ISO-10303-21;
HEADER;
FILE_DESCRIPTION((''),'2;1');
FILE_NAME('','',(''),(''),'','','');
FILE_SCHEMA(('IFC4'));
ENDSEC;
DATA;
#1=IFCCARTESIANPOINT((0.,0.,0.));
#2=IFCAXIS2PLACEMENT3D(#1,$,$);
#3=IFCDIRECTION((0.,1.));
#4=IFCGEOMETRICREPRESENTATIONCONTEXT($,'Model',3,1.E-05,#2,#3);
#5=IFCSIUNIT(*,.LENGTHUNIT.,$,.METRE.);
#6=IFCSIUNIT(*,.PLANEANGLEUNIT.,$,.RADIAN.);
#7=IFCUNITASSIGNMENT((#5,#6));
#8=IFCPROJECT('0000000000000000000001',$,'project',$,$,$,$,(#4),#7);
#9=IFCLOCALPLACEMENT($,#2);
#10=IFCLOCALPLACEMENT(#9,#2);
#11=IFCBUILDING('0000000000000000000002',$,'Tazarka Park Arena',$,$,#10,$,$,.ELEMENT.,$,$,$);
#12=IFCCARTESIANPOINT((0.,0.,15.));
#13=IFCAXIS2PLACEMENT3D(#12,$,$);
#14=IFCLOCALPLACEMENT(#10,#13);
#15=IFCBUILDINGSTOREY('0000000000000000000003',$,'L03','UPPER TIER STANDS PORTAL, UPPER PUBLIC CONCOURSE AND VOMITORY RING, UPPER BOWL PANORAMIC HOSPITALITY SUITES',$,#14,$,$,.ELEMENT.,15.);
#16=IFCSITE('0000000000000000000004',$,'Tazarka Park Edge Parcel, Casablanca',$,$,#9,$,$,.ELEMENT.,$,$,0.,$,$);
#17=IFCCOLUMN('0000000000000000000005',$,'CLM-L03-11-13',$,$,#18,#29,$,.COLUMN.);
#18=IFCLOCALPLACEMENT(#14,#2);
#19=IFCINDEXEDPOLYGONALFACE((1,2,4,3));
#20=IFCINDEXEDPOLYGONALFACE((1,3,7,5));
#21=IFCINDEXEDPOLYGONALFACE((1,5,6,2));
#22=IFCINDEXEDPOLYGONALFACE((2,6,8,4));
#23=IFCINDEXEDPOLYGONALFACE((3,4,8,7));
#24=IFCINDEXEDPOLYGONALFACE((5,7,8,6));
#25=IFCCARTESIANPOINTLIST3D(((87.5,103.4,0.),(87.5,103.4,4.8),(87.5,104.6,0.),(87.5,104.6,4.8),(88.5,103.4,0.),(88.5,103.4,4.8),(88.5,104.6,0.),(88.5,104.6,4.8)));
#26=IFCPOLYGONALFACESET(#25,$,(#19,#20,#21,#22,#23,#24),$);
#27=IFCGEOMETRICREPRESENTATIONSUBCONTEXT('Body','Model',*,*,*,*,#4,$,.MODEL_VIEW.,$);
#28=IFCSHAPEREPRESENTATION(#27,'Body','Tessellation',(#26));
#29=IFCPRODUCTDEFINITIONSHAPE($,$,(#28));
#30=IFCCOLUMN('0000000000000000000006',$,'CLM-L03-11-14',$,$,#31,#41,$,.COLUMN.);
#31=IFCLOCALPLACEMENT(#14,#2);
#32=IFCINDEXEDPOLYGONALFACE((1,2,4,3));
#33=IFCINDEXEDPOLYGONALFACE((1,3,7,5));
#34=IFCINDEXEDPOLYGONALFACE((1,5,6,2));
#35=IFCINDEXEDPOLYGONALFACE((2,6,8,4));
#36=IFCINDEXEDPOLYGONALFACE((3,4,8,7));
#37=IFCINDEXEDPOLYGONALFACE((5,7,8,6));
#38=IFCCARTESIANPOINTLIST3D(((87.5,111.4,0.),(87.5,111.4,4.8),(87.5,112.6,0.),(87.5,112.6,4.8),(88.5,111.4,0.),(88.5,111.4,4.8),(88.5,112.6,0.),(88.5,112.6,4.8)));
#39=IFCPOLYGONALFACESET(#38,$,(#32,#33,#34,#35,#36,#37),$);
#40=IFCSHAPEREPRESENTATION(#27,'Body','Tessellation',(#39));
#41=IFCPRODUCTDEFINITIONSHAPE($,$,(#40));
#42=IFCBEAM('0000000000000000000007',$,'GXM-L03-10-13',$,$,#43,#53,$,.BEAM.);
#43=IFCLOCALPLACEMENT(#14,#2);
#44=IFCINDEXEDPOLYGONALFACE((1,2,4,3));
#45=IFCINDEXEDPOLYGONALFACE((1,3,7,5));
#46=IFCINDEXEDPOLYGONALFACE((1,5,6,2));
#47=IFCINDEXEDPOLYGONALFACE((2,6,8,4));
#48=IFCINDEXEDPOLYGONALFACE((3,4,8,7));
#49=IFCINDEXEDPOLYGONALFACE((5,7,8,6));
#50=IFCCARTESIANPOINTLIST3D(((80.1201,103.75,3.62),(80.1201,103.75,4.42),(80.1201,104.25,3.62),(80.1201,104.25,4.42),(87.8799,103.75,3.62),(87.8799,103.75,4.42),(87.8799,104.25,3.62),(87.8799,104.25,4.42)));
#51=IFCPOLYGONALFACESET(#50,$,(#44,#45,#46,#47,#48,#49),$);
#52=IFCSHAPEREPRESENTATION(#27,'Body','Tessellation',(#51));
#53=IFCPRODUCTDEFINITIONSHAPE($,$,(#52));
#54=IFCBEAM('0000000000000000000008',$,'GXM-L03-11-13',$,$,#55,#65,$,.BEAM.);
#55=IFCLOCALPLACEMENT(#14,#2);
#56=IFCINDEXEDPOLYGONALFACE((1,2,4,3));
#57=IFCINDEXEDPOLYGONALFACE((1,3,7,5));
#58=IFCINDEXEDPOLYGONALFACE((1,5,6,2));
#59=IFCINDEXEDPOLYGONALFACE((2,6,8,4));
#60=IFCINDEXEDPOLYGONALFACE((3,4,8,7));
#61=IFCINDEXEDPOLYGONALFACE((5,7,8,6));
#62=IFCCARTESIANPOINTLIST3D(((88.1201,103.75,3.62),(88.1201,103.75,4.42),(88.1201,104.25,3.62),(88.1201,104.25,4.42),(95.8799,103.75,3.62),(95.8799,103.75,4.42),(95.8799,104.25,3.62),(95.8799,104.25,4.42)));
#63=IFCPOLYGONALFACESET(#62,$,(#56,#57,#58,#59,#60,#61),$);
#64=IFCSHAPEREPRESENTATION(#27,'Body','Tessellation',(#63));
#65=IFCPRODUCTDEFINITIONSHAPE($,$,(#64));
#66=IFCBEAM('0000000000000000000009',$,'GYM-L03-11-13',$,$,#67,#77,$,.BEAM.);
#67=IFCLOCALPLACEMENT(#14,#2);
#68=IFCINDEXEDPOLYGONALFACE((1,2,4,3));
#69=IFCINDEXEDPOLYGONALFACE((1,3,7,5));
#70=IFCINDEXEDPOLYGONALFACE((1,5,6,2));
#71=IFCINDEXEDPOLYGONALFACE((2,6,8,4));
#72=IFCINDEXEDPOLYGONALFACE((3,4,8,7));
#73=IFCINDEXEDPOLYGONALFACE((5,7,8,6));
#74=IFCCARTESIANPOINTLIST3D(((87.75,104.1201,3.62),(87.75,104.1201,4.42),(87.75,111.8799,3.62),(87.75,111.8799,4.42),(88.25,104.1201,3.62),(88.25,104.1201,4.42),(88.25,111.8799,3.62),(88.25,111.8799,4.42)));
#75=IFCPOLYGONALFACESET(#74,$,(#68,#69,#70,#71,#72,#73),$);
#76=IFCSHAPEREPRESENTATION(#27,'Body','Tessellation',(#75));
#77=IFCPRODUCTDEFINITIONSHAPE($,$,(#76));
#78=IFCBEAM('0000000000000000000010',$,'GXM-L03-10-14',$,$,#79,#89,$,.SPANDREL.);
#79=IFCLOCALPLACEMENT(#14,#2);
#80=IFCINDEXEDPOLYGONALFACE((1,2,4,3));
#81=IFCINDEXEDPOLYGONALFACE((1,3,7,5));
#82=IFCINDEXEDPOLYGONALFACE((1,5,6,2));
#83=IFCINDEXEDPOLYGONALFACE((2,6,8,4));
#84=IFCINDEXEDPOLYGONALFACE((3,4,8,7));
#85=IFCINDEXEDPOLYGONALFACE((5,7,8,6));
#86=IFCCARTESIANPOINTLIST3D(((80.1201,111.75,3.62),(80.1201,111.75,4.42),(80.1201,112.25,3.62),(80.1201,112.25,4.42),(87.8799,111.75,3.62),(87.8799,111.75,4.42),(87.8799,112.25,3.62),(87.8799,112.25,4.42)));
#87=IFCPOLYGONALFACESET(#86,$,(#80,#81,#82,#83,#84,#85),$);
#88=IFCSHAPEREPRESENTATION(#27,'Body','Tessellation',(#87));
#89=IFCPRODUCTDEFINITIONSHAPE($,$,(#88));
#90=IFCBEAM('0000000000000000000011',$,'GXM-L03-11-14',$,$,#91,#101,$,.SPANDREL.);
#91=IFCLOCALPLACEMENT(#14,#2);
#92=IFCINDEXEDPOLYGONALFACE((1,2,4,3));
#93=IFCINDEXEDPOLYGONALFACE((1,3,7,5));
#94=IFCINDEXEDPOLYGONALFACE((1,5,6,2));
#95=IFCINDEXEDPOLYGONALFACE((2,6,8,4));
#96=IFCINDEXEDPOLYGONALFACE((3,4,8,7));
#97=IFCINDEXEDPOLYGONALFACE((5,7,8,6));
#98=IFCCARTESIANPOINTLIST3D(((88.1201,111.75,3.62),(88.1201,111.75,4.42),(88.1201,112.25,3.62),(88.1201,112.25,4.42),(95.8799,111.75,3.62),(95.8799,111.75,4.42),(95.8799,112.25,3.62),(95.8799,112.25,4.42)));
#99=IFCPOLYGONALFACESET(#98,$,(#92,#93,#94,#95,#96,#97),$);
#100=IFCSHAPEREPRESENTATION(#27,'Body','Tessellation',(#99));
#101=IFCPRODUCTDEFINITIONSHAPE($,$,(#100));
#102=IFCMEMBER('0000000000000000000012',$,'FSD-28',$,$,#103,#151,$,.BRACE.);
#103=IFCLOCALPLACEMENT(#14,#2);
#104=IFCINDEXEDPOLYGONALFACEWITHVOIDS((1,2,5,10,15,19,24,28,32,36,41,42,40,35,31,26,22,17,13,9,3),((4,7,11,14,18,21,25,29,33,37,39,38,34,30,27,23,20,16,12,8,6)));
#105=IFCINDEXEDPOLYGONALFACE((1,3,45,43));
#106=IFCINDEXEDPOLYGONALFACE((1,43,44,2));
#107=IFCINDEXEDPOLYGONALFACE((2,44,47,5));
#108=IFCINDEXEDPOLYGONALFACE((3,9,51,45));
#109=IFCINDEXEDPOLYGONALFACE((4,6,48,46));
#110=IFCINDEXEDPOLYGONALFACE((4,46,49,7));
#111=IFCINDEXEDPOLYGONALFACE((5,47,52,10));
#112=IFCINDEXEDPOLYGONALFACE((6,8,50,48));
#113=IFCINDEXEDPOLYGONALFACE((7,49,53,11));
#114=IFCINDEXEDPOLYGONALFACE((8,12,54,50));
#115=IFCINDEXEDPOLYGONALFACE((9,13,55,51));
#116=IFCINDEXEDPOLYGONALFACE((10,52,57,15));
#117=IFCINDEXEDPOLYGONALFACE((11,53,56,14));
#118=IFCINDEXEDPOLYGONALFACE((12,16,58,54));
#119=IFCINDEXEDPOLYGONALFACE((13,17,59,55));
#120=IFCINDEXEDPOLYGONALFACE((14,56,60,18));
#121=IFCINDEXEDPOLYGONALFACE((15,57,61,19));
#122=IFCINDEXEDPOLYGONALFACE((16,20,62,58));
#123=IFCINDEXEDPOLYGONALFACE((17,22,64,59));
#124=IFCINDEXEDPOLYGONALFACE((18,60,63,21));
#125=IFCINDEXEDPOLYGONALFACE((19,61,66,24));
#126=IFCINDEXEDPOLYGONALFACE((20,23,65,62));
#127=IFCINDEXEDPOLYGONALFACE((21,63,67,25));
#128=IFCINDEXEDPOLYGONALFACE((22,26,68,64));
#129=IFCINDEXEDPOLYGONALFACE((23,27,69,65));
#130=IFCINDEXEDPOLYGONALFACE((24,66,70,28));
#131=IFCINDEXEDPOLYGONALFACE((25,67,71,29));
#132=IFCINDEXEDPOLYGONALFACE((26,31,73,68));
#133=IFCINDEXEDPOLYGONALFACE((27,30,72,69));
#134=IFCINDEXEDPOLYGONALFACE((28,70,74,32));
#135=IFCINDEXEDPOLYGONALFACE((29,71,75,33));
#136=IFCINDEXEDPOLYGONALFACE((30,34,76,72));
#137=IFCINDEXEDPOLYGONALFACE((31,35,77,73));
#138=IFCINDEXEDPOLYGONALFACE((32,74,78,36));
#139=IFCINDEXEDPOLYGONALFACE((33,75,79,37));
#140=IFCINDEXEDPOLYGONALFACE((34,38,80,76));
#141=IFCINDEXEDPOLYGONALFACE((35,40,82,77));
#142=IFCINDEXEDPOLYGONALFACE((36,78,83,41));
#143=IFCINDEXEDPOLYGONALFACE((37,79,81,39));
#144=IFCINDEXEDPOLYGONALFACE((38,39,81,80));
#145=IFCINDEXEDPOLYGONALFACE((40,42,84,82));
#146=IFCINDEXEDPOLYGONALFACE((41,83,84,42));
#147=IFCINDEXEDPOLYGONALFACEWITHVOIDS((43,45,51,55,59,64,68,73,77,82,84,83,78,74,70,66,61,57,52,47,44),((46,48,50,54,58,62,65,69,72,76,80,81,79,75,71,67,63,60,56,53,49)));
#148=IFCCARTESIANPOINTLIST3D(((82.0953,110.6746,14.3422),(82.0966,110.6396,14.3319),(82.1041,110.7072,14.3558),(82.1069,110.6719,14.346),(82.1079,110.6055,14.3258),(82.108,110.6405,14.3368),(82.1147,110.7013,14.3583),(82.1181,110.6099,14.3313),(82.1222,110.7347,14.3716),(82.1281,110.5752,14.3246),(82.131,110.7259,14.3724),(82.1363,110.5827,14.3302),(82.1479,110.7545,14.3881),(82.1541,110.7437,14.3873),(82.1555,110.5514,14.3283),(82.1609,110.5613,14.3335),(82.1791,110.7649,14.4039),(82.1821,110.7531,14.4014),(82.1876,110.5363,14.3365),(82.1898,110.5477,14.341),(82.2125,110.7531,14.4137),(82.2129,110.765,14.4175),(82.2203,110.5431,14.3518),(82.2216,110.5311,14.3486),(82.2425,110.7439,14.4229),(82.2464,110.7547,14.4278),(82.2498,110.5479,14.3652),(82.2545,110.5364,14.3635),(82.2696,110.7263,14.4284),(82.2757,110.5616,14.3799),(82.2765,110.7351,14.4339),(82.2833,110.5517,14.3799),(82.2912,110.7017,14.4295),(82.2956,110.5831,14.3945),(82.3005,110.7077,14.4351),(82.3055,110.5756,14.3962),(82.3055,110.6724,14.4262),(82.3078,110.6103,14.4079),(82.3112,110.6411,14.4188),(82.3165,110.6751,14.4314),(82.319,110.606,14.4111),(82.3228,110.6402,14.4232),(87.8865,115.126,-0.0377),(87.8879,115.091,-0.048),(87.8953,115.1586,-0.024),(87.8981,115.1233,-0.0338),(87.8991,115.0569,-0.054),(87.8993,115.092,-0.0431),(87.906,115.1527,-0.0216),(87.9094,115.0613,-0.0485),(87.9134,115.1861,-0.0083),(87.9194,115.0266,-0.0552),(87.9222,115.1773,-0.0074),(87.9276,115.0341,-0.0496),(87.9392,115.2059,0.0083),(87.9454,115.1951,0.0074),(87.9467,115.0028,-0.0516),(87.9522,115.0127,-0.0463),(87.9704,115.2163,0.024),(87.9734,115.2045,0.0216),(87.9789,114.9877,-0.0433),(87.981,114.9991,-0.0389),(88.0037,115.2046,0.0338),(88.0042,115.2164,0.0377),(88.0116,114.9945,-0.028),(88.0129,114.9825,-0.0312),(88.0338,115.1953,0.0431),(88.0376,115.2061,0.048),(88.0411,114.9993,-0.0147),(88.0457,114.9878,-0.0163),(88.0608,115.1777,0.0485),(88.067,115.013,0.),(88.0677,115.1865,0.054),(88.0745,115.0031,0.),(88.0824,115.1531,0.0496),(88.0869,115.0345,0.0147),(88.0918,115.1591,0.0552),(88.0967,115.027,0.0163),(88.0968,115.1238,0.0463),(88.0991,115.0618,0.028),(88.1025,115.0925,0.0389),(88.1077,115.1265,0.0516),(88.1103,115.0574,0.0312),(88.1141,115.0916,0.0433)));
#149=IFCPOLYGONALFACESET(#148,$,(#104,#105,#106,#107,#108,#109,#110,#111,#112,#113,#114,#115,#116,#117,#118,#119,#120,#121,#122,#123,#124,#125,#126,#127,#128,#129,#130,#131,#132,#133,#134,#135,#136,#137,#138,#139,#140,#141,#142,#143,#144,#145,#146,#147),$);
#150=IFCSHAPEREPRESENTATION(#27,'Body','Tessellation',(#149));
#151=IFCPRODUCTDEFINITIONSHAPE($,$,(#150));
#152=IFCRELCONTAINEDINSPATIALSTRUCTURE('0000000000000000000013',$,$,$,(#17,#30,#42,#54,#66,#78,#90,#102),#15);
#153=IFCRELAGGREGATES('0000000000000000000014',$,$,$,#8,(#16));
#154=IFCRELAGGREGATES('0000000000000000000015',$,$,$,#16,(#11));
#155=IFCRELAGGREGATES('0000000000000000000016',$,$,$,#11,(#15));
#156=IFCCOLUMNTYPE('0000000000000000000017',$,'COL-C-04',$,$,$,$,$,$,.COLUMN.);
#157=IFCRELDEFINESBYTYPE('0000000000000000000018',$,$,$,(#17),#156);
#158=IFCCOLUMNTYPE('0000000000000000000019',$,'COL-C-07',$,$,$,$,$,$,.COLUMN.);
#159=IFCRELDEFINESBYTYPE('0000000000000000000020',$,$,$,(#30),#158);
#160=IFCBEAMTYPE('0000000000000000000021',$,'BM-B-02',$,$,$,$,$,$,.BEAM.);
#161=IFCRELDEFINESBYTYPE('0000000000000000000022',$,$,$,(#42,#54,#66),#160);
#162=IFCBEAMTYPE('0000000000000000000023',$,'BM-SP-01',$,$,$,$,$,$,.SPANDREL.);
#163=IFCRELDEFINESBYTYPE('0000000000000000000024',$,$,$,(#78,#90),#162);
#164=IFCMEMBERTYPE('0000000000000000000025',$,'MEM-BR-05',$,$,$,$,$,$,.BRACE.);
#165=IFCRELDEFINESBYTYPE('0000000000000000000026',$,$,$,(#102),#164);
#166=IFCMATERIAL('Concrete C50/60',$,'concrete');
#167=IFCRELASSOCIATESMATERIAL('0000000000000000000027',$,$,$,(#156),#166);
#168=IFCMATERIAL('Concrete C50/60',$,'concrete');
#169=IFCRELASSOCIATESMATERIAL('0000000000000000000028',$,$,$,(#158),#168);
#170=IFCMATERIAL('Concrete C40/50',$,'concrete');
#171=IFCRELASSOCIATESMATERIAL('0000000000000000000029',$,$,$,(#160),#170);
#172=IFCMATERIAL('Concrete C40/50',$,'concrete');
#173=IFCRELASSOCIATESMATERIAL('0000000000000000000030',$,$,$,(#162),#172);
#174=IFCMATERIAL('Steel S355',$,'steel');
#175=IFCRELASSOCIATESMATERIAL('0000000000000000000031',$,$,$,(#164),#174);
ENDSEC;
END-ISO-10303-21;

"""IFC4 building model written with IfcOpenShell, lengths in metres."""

from ifc_helpers import new_model, si_unit, direction, frame, origin, origin_2d, place, context, subcontext, project, spatial, rectangle, hollow_circle, extrude, material, material_profile, profile_set, type_object, element, save


model = new_model("IFC4")

# Units and contexts
model_context = context("Model", 3, precision=1e-05, world=origin(), true_north=direction((0.0, 1.0)))
body_context = subcontext(model_context, "Body", "Model", "MODEL_VIEW")
ifc_project = project(units=[si_unit("LENGTHUNIT", "METRE"), si_unit("PLANEANGLEUNIT", "RADIAN")], contexts=[model_context])

# Site, building, storey
site_placement = place(None, origin())
site = spatial("IfcSite", under=ifc_project, at=site_placement, Name="Tazarka Park Edge Parcel, Casablanca", CompositionType="ELEMENT", RefElevation=0.0)
building_placement = place(site_placement, origin())
building = spatial("IfcBuilding", under=site, at=building_placement, Name="Tazarka Park Arena", CompositionType="ELEMENT")
storey_placement = place(building_placement, frame((0.0, 0.0, 15.0)))
storey = spatial("IfcBuildingStorey", under=building, at=storey_placement, Name="L03", Description="UPPER TIER STANDS PORTAL, UPPER PUBLIC CONCOURSE AND VOMITORY RING, UPPER BOWL PANORAMIC HOSPITALITY SUITES", CompositionType="ELEMENT", Elevation=15.0)

# Columns
ifc_material_1 = material(Name="Concrete C50/60", Category="concrete")
ifc_material_profile_1 = material_profile(ifc_material_1, rectangle(XDim=1.0, YDim=1.2, at=origin_2d()), Name="Concrete C50/60")
ifc_profile_set_1 = profile_set([ifc_material_profile_1], Name="Concrete C50/60")
column_type_1 = type_object("IfcColumnType", Name="COL-C-04", PredefinedType="COLUMN", material=ifc_profile_set_1)
column_1_placement = place(storey_placement, frame((88.0, 104.0, 0.0), z_axis=(0.0, 0.0, 1.0), x_axis=(1.0, 0.0, 0.0)))
element("IfcColumn", 1, at=column_1_placement, inside=storey, type_object=column_type_1, Name="CLM-L03-11-13", PredefinedType="COLUMN", context=body_context, shape_type="SweptSolid", body=[
    extrude(rectangle(XDim=1.0, YDim=1.2, at=origin_2d()), origin(), (0.0, 0.0, 1.0), 4.8),
])
ifc_material_2 = material(Name="Concrete C50/60", Category="concrete")
ifc_material_profile_2 = material_profile(ifc_material_2, rectangle(XDim=1.0, YDim=1.2, at=origin_2d()), Name="Concrete C50/60")
ifc_profile_set_2 = profile_set([ifc_material_profile_2], Name="Concrete C50/60")
column_type_2 = type_object("IfcColumnType", Name="COL-C-07", PredefinedType="COLUMN", material=ifc_profile_set_2)
column_2_placement = place(storey_placement, frame((88.0, 112.0, 0.0), z_axis=(0.0, 0.0, 1.0), x_axis=(1.0, 0.0, 0.0)))
element("IfcColumn", 2, at=column_2_placement, inside=storey, type_object=column_type_2, Name="CLM-L03-11-14", PredefinedType="COLUMN", context=body_context, shape_type="SweptSolid", body=[
    extrude(rectangle(XDim=1.0, YDim=1.2, at=origin_2d()), origin(), (0.0, 0.0, 1.0), 4.8),
])

# Beams
ifc_material_3 = material(Name="Concrete C40/50", Category="concrete")
ifc_material_profile_3 = material_profile(ifc_material_3, rectangle(XDim=0.5, YDim=0.8, at=origin_2d()), Name="Concrete C40/50")
ifc_profile_set_3 = profile_set([ifc_material_profile_3], Name="Concrete C40/50")
beam_type_1 = type_object("IfcBeamType", Name="BM-B-02", PredefinedType="BEAM", material=ifc_profile_set_3)
for number, where, z_axis, x_axis, name in (
    (3, (80.1201, 104.0, 4.02), (1.0, 0.0, 0.0), (0.0, 1.0, 0.0), "GXM-L03-10-13"),
    (4, (88.1201, 104.0, 4.02), (1.0, 0.0, 0.0), (0.0, 1.0, 0.0), "GXM-L03-11-13"),
    (5, (88.0, 104.1201, 4.02), (0.0, 1.0, 0.0), (-1.0, 0.0, 0.0), "GYM-L03-11-13"),
):
    element("IfcBeam", number, at=place(storey_placement, frame(where, z_axis=z_axis, x_axis=x_axis)), inside=storey, type_object=beam_type_1, Name=name, PredefinedType="BEAM", context=body_context, shape_type="SweptSolid", body=[
        extrude(rectangle(XDim=0.5, YDim=0.8, at=origin_2d()), origin(), (0.0, 0.0, 1.0), 7.7598),
    ])
ifc_material_4 = material(Name="Concrete C40/50", Category="concrete")
ifc_material_profile_4 = material_profile(ifc_material_4, rectangle(XDim=0.5, YDim=0.8, at=origin_2d()), Name="Concrete C40/50")
ifc_profile_set_4 = profile_set([ifc_material_profile_4], Name="Concrete C40/50")
beam_type_2 = type_object("IfcBeamType", Name="BM-SP-01", PredefinedType="SPANDREL", material=ifc_profile_set_4)
for number, where, z_axis, x_axis, name in (
    (6, (80.1201, 112.0, 4.02), (1.0, 0.0, 0.0), (0.0, 1.0, 0.0), "GXM-L03-10-14"),
    (7, (88.1201, 112.0, 4.02), (1.0, 0.0, 0.0), (0.0, 1.0, 0.0), "GXM-L03-11-14"),
):
    element("IfcBeam", number, at=place(storey_placement, frame(where, z_axis=z_axis, x_axis=x_axis)), inside=storey, type_object=beam_type_2, Name=name, PredefinedType="SPANDREL", context=body_context, shape_type="SweptSolid", body=[
        extrude(rectangle(XDim=0.5, YDim=0.8, at=origin_2d()), origin(), (0.0, 0.0, 1.0), 7.7598),
    ])

# Member
ifc_material_5 = material(Name="Steel S355", Category="steel")
ifc_material_profile_5 = material_profile(ifc_material_5, hollow_circle(Radius=0.1223, WallThickness=0.0125, at=origin_2d()), Name="Steel S355")
ifc_profile_set_5 = profile_set([ifc_material_profile_5], Name="Steel S355")
member_type_1 = type_object("IfcMemberType", Name="MEM-BR-05", PredefinedType="BRACE", material=ifc_profile_set_5)
member_1_placement = place(storey_placement, frame((88.0, 115.1001, 0.0), z_axis=(-0.359066, -0.275994, 0.891571), x_axis=(0.609418, -0.792849, 0.0)))
element("IfcMember", 8, at=member_1_placement, inside=storey, type_object=member_type_1, Name="FSD-28", PredefinedType="BRACE", context=body_context, shape_type="SweptSolid", body=[
    extrude(hollow_circle(Radius=0.1223, WallThickness=0.0125, at=origin_2d()), origin(), (0.0, 0.0, 1.0), 16.1287),
])

save(model, "model.ifc")
